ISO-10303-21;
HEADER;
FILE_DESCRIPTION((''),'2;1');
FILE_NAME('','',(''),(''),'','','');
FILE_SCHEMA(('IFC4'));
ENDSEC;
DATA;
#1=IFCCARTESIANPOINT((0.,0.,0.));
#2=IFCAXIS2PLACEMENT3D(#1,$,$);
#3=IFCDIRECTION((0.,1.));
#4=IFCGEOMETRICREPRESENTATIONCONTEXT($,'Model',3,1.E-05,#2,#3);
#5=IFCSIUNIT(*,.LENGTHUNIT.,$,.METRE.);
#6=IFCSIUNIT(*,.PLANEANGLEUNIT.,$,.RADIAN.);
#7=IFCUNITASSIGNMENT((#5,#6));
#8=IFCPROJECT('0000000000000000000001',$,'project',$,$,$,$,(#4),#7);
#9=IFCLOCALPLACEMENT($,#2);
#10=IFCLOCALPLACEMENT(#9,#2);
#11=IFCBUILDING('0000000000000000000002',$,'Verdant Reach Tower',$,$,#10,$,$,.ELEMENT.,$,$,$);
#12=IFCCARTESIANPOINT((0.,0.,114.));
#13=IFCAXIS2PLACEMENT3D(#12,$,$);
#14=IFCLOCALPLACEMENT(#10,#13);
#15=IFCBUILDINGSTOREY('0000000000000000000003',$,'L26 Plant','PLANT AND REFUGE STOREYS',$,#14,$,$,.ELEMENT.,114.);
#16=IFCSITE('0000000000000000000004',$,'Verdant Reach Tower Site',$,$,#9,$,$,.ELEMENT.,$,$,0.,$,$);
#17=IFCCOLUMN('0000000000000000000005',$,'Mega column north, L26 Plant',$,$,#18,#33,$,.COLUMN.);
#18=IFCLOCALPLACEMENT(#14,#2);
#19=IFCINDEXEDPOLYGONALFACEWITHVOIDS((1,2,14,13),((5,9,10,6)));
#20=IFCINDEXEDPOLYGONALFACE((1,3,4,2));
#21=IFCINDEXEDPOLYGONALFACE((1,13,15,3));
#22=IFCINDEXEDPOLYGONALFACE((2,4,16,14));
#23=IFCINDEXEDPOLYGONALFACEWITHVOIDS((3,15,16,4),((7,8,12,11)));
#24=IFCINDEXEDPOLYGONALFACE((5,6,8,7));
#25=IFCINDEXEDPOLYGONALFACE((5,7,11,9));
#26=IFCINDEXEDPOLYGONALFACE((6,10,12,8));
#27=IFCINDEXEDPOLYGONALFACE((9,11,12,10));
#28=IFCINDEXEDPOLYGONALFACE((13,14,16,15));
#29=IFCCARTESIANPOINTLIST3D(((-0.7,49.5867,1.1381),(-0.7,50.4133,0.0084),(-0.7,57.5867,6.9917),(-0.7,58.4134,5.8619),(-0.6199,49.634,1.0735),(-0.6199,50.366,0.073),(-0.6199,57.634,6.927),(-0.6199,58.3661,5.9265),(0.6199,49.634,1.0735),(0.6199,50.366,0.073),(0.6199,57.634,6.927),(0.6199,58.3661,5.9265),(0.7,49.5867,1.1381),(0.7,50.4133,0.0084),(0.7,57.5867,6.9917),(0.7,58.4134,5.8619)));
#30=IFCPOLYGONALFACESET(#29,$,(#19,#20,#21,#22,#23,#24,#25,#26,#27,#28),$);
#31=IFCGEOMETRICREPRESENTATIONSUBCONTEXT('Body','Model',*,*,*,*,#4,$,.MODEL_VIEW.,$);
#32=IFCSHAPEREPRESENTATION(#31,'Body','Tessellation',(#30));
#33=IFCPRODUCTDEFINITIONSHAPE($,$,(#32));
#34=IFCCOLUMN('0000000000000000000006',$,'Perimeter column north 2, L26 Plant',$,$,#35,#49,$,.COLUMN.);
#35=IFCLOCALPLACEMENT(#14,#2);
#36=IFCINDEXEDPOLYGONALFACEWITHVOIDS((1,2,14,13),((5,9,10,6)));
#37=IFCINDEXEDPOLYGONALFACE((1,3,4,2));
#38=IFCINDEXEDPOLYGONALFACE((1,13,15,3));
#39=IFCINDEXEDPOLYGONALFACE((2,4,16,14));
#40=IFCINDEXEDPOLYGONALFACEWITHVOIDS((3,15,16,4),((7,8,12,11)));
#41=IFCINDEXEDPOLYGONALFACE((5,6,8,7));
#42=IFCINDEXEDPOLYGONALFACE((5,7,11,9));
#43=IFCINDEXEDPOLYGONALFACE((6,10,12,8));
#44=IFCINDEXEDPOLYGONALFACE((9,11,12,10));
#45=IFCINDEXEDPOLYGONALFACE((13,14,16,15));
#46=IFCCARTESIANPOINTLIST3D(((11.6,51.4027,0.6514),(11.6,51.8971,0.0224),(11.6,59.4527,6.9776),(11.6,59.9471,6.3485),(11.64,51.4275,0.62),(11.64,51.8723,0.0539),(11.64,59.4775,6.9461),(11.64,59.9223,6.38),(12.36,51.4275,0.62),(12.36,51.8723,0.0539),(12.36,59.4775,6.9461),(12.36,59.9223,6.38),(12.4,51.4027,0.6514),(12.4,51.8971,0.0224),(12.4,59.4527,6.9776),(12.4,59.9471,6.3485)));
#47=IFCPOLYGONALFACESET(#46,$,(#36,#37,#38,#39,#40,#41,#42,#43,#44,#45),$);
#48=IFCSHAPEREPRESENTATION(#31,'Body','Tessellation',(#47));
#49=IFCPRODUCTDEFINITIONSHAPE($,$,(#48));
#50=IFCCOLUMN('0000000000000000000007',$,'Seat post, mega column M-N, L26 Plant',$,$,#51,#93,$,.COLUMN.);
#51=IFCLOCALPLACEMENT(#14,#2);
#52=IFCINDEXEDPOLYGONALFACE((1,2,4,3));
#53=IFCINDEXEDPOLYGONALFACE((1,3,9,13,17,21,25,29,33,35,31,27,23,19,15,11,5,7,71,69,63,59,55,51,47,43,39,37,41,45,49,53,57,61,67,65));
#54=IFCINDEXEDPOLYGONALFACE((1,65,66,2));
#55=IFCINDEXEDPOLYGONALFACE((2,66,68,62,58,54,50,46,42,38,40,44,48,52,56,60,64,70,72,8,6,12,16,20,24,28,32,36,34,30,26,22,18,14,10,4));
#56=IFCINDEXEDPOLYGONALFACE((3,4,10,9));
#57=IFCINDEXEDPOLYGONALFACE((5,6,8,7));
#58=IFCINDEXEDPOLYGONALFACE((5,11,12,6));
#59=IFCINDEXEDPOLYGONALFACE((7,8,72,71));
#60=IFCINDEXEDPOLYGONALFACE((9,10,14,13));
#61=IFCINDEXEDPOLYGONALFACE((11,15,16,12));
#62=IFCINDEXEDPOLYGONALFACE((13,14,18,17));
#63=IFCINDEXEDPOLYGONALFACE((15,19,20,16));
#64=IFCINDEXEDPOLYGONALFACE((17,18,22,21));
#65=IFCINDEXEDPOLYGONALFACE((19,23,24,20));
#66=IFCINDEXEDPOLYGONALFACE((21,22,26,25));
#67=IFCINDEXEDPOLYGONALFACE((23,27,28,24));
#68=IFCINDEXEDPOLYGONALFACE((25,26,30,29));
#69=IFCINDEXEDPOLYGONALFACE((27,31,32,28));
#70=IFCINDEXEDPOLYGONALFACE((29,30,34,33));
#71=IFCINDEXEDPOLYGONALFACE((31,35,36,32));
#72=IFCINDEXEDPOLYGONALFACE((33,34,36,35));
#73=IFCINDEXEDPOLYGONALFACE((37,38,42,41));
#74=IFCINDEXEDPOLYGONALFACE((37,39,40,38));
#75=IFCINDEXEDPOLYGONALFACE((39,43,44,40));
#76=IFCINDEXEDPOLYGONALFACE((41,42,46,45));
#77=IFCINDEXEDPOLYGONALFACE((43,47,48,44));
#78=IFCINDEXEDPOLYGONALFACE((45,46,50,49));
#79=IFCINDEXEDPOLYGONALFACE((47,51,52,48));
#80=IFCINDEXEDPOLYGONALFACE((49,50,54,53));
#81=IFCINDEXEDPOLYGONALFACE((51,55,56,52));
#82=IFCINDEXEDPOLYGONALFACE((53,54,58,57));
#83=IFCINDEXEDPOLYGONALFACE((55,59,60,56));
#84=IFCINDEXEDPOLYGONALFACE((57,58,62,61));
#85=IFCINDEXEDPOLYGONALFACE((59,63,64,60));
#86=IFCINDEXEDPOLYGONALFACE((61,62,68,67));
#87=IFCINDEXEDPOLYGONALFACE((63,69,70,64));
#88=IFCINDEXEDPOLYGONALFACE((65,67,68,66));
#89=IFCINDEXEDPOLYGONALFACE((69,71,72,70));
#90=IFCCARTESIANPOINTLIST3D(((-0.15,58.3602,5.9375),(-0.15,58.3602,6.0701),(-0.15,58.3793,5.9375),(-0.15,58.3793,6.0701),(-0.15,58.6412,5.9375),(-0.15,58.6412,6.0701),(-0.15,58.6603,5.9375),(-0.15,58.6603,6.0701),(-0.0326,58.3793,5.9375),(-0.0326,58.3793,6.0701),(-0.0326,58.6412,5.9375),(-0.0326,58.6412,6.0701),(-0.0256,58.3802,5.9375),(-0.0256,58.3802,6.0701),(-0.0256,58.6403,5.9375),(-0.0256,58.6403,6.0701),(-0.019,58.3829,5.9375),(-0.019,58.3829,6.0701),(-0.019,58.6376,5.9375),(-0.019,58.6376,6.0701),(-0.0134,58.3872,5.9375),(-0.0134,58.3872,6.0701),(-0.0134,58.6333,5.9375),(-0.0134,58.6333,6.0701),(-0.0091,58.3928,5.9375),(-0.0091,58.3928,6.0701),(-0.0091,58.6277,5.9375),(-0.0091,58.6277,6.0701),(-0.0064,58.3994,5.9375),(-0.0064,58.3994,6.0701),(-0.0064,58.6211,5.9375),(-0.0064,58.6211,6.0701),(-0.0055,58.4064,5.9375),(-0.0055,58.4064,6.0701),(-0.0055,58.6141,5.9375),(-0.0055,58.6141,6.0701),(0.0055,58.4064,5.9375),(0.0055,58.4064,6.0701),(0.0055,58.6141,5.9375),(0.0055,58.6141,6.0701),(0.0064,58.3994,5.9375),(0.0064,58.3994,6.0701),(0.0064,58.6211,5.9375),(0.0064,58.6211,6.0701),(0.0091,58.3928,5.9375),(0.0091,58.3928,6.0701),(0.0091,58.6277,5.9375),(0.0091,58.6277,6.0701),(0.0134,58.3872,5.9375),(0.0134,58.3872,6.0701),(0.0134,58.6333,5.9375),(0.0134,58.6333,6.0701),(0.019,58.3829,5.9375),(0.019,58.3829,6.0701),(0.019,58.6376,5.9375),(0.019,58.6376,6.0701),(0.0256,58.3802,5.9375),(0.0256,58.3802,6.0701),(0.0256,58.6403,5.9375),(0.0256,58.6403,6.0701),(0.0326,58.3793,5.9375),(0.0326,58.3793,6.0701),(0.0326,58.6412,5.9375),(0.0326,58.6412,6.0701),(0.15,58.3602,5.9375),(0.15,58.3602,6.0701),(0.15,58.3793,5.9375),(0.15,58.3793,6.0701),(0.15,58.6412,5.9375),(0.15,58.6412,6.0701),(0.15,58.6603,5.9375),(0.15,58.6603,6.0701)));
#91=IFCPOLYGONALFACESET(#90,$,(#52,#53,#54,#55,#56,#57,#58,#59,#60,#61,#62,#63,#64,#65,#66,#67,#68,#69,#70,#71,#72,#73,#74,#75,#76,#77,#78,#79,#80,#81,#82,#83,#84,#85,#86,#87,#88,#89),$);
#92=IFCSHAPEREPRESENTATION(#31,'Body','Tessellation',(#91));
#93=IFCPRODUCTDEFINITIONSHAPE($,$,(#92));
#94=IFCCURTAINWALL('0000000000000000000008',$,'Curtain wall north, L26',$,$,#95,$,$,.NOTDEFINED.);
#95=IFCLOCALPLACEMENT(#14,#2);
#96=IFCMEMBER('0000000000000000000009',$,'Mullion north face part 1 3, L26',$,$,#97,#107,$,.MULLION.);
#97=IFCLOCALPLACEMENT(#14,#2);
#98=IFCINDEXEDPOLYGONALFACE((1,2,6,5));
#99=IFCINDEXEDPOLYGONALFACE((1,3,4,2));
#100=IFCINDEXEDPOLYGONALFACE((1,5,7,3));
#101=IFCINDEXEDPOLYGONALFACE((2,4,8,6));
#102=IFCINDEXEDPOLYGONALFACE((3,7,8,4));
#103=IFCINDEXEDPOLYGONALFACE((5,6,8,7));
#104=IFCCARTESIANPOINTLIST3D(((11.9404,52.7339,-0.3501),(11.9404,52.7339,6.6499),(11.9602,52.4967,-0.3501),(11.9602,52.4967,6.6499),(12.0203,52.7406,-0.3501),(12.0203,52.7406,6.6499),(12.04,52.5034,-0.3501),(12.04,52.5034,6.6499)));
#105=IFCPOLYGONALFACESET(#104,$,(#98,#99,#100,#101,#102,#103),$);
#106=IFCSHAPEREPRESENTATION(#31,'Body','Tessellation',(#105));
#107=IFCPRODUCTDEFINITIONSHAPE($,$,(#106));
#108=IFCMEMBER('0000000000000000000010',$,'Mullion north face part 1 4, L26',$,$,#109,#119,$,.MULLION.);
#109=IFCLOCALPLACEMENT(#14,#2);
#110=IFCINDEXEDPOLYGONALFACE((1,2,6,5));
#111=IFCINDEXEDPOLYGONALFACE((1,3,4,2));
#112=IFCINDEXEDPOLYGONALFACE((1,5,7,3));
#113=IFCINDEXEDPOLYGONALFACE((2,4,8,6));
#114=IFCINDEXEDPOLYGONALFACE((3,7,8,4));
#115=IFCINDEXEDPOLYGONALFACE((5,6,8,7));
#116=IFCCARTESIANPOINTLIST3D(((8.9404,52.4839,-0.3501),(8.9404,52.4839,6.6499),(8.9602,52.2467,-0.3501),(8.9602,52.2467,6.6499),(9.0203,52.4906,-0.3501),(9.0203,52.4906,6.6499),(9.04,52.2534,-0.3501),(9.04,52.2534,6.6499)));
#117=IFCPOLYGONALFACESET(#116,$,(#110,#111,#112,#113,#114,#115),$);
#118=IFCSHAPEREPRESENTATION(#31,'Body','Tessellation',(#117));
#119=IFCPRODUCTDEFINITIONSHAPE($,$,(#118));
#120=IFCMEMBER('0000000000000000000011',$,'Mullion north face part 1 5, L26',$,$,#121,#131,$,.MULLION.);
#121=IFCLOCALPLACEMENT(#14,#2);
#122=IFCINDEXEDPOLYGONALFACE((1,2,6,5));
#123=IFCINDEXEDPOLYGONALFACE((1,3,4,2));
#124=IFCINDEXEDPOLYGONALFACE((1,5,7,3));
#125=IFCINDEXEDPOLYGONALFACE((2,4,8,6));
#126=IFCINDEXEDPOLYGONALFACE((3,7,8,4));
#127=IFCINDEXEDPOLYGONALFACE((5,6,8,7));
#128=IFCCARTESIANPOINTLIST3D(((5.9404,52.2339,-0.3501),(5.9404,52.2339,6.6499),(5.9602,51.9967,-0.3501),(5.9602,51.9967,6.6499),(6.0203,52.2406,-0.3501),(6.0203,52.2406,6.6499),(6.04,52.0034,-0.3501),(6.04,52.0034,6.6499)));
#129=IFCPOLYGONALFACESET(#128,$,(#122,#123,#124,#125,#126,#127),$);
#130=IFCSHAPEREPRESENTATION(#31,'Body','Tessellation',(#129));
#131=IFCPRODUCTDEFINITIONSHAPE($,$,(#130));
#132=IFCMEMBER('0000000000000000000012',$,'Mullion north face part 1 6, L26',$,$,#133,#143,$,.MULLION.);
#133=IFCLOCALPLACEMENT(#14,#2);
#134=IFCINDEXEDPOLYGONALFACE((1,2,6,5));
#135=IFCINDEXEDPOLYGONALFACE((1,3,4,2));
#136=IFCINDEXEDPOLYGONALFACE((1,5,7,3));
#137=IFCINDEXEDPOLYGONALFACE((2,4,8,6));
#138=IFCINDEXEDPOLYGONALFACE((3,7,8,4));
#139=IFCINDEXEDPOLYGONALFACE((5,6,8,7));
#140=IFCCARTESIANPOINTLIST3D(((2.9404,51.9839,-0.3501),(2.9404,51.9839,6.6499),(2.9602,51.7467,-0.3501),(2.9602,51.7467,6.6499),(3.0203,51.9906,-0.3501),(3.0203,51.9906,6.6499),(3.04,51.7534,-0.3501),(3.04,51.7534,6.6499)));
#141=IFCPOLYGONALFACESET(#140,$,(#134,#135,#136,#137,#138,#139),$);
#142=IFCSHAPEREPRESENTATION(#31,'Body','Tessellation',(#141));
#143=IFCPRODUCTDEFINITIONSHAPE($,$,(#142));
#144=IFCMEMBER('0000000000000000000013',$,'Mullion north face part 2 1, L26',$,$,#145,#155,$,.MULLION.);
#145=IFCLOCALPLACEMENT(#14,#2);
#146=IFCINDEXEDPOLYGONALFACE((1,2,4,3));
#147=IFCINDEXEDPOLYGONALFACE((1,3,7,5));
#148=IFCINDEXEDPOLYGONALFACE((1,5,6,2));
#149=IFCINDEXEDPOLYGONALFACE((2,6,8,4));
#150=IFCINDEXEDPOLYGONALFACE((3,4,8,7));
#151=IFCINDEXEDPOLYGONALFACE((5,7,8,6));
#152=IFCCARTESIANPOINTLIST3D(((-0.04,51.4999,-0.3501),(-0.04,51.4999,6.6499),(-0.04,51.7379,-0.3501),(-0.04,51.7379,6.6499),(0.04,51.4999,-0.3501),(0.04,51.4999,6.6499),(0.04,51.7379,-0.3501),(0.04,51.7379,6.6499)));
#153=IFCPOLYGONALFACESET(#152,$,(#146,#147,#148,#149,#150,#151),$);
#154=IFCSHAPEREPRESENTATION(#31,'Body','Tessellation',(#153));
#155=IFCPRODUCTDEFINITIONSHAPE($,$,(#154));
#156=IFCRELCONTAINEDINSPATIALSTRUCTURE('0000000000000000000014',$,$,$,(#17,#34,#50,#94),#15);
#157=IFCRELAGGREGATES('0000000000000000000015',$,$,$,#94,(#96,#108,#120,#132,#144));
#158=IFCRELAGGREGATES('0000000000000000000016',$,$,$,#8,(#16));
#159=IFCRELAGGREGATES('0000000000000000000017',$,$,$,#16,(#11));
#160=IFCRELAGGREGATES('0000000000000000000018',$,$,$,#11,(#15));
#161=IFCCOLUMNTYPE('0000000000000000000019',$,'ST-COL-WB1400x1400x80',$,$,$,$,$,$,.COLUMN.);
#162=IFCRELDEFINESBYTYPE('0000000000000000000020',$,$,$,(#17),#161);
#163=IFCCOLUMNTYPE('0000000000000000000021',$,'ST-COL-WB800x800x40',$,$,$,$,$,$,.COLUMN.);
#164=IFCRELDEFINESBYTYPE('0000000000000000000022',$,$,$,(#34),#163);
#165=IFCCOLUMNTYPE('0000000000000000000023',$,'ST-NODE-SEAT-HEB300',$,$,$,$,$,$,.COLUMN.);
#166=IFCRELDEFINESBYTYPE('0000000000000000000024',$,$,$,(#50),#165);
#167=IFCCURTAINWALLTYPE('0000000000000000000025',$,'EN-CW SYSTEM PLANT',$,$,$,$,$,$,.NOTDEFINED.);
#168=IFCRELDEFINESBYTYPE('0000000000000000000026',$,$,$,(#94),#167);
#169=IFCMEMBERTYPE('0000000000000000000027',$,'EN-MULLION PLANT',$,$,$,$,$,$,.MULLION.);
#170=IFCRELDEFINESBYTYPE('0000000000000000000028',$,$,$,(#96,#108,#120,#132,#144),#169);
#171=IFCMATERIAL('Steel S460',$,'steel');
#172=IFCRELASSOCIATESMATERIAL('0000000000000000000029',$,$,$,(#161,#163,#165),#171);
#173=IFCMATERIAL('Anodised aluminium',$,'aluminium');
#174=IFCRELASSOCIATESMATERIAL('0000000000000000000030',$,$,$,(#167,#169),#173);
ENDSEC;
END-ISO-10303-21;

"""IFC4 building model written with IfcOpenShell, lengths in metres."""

from ifc_helpers import new_model, si_unit, direction, frame, origin, origin_2d, place, context, subcontext, project, spatial, rectangle, hollow_rectangle, i_section, extrude, material, material_profile, profile_set, type_object, element, aggregate, save


model = new_model("IFC4")

# Units and contexts
model_context = context("Model", 3, precision=1e-05, world=origin(), true_north=direction((0.0, 1.0)))
body_context = subcontext(model_context, "Body", "Model", "MODEL_VIEW")
ifc_project = project(units=[si_unit("LENGTHUNIT", "METRE"), si_unit("PLANEANGLEUNIT", "RADIAN")], contexts=[model_context])

# Site, building, storey
site_placement = place(None, origin())
site = spatial("IfcSite", under=ifc_project, at=site_placement, Name="Verdant Reach Tower Site", CompositionType="ELEMENT", RefElevation=0.0)
building_placement = place(site_placement, origin())
building = spatial("IfcBuilding", under=site, at=building_placement, Name="Verdant Reach Tower", CompositionType="ELEMENT")
storey_placement = place(building_placement, frame((0.0, 0.0, 114.0)))
storey = spatial("IfcBuildingStorey", under=building, at=storey_placement, Name="L26 Plant", Description="PLANT AND REFUGE STOREYS", CompositionType="ELEMENT", Elevation=114.0)

# Columns
ifc_material_1 = material(Name="Steel S460", Category="steel")
ifc_material_profile_1 = material_profile(ifc_material_1, hollow_rectangle(XDim=1.3999, YDim=1.3999, WallThickness=0.0801, at=origin_2d()), Name="WB 1400x1400x80")
ifc_profile_set_1 = profile_set([ifc_material_profile_1], Name="Steel S460")
column_type_1 = type_object("IfcColumnType", Name="ST-COL-WB1400x1400x80", PredefinedType="COLUMN", material=ifc_profile_set_1)
column_1_placement = place(storey_placement, frame((0.0, 50.0, 0.5732), z_axis=(0.0, 0.807037, 0.590501), x_axis=(-1.0, 0.0, 0.0)))
element("IfcColumn", 1, at=column_1_placement, inside=storey, type_object=column_type_1, Name="Mega column north, L26 Plant", PredefinedType="COLUMN", context=body_context, shape_type="SweptSolid", body=[
    extrude(hollow_rectangle(XDim=1.3999, YDim=1.3999, WallThickness=0.0801, at=origin_2d()), origin(), (0.0, 0.0, 1.0), 9.9128),
])
ifc_material_profile_2 = material_profile(ifc_material_1, hollow_rectangle(XDim=0.8, YDim=0.8, WallThickness=0.04, at=origin_2d()), Name="WB 800x800x40")
ifc_profile_set_2 = profile_set([ifc_material_profile_2], Name="Steel S460")
column_type_2 = type_object("IfcColumnType", Name="ST-COL-WB800x800x40", PredefinedType="COLUMN", material=ifc_profile_set_2)
column_2_placement = place(storey_placement, frame((12.0, 51.6499, 0.3369), z_axis=(0.0, 0.786265, 0.61789), x_axis=(-1.0, 0.0, 0.0)))
element("IfcColumn", 2, at=column_2_placement, inside=storey, type_object=column_type_2, Name="Perimeter column north 2, L26 Plant", PredefinedType="COLUMN", context=body_context, shape_type="SweptSolid", body=[
    extrude(hollow_rectangle(XDim=0.8, YDim=0.8, WallThickness=0.04, at=origin_2d()), origin(), (0.0, 0.0, 1.0), 10.2383),
])
ifc_material_profile_3 = material_profile(ifc_material_1, i_section(OverallWidth=0.3, OverallDepth=0.3, WebThickness=0.011, FlangeThickness=0.019, FilletRadius=0.0271, at=origin_2d()), Name="HEB 300")
ifc_profile_set_3 = profile_set([ifc_material_profile_3], Name="Steel S460")
column_type_3 = type_object("IfcColumnType", Name="ST-NODE-SEAT-HEB300", PredefinedType="COLUMN", material=ifc_profile_set_3)
column_3_placement = place(storey_placement, frame((0.0, 58.5103, 5.9375), z_axis=(0.0, 0.0, 1.0), x_axis=(1.0, 0.0, 0.0)))
element("IfcColumn", 3, at=column_3_placement, inside=storey, type_object=column_type_3, Name="Seat post, mega column M-N, L26 Plant", PredefinedType="COLUMN", context=body_context, shape_type="SweptSolid", body=[
    extrude(i_section(OverallWidth=0.3, OverallDepth=0.3, WebThickness=0.011, FlangeThickness=0.019, FilletRadius=0.0271, at=origin_2d()), origin(), (0.0, 0.0, 1.0), 0.1326),
])

# Curtain wall, members
ifc_material_2 = material(Name="Anodised aluminium", Category="aluminium")
curtain_wall_type = type_object("IfcCurtainWallType", Name="EN-CW SYSTEM PLANT", PredefinedType="NOTDEFINED", material=ifc_material_2)
curtain_wall_placement = place(storey_placement, origin())
curtain_wall = element("IfcCurtainWall", 4, at=curtain_wall_placement, inside=storey, type_object=curtain_wall_type, Name="Curtain wall north, L26", PredefinedType="NOTDEFINED")
ifc_material_profile_4 = material_profile(ifc_material_2, rectangle(XDim=0.238, YDim=0.0801, at=origin_2d()), Name="Mullion 80x240")
ifc_profile_set_4 = profile_set([ifc_material_profile_4], Name="Anodised aluminium")
member_type_1 = type_object("IfcMemberType", Name="EN-MULLION PLANT", PredefinedType="MULLION", material=ifc_profile_set_4)
member_1_placement = place(storey_placement, frame((11.9902, 52.6187, -0.3501), z_axis=(0.0, 0.0, 1.0), x_axis=(-0.083045, 0.996546, 0.0)))
member_1 = element("IfcMember", 5, at=member_1_placement, type_object=member_type_1, Name="Mullion north face part 1 3, L26", PredefinedType="MULLION", context=body_context, shape_type="SweptSolid", body=[
    extrude(rectangle(XDim=0.238, YDim=0.0801, at=origin_2d()), origin(), (0.0, 0.0, 1.0), 7.0),
])
member_2_placement = place(storey_placement, frame((8.9902, 52.3687, -0.3501), z_axis=(0.0, 0.0, 1.0), x_axis=(-0.083045, 0.996546, 0.0)))
member_2 = element("IfcMember", 6, at=member_2_placement, type_object=member_type_1, Name="Mullion north face part 1 4, L26", PredefinedType="MULLION", context=body_context, shape_type="SweptSolid", body=[
    extrude(rectangle(XDim=0.238, YDim=0.0801, at=origin_2d()), origin(), (0.0, 0.0, 1.0), 7.0),
])
member_3_placement = place(storey_placement, frame((5.9902, 52.1187, -0.3501), z_axis=(0.0, 0.0, 1.0), x_axis=(-0.083045, 0.996546, 0.0)))
member_3 = element("IfcMember", 7, at=member_3_placement, type_object=member_type_1, Name="Mullion north face part 1 5, L26", PredefinedType="MULLION", context=body_context, shape_type="SweptSolid", body=[
    extrude(rectangle(XDim=0.238, YDim=0.0801, at=origin_2d()), origin(), (0.0, 0.0, 1.0), 7.0),
])
member_4_placement = place(storey_placement, frame((2.9902, 51.8687, -0.3501), z_axis=(0.0, 0.0, 1.0), x_axis=(-0.083045, 0.996546, 0.0)))
member_4 = element("IfcMember", 8, at=member_4_placement, type_object=member_type_1, Name="Mullion north face part 1 6, L26", PredefinedType="MULLION", context=body_context, shape_type="SweptSolid", body=[
    extrude(rectangle(XDim=0.238, YDim=0.0801, at=origin_2d()), origin(), (0.0, 0.0, 1.0), 7.0),
])
member_5_placement = place(storey_placement, frame((0.0, 51.6189, -0.3501), z_axis=(0.0, 0.0, 1.0), x_axis=(0.0, 1.0, 0.0)))
member_5 = element("IfcMember", 9, at=member_5_placement, type_object=member_type_1, Name="Mullion north face part 2 1, L26", PredefinedType="MULLION", context=body_context, shape_type="SweptSolid", body=[
    extrude(rectangle(XDim=0.238, YDim=0.0801, at=origin_2d()), origin(), (0.0, 0.0, 1.0), 7.0),
])

aggregate(curtain_wall, [member_1, member_2, member_3, member_4, member_5])

save(model, "model.ifc")
